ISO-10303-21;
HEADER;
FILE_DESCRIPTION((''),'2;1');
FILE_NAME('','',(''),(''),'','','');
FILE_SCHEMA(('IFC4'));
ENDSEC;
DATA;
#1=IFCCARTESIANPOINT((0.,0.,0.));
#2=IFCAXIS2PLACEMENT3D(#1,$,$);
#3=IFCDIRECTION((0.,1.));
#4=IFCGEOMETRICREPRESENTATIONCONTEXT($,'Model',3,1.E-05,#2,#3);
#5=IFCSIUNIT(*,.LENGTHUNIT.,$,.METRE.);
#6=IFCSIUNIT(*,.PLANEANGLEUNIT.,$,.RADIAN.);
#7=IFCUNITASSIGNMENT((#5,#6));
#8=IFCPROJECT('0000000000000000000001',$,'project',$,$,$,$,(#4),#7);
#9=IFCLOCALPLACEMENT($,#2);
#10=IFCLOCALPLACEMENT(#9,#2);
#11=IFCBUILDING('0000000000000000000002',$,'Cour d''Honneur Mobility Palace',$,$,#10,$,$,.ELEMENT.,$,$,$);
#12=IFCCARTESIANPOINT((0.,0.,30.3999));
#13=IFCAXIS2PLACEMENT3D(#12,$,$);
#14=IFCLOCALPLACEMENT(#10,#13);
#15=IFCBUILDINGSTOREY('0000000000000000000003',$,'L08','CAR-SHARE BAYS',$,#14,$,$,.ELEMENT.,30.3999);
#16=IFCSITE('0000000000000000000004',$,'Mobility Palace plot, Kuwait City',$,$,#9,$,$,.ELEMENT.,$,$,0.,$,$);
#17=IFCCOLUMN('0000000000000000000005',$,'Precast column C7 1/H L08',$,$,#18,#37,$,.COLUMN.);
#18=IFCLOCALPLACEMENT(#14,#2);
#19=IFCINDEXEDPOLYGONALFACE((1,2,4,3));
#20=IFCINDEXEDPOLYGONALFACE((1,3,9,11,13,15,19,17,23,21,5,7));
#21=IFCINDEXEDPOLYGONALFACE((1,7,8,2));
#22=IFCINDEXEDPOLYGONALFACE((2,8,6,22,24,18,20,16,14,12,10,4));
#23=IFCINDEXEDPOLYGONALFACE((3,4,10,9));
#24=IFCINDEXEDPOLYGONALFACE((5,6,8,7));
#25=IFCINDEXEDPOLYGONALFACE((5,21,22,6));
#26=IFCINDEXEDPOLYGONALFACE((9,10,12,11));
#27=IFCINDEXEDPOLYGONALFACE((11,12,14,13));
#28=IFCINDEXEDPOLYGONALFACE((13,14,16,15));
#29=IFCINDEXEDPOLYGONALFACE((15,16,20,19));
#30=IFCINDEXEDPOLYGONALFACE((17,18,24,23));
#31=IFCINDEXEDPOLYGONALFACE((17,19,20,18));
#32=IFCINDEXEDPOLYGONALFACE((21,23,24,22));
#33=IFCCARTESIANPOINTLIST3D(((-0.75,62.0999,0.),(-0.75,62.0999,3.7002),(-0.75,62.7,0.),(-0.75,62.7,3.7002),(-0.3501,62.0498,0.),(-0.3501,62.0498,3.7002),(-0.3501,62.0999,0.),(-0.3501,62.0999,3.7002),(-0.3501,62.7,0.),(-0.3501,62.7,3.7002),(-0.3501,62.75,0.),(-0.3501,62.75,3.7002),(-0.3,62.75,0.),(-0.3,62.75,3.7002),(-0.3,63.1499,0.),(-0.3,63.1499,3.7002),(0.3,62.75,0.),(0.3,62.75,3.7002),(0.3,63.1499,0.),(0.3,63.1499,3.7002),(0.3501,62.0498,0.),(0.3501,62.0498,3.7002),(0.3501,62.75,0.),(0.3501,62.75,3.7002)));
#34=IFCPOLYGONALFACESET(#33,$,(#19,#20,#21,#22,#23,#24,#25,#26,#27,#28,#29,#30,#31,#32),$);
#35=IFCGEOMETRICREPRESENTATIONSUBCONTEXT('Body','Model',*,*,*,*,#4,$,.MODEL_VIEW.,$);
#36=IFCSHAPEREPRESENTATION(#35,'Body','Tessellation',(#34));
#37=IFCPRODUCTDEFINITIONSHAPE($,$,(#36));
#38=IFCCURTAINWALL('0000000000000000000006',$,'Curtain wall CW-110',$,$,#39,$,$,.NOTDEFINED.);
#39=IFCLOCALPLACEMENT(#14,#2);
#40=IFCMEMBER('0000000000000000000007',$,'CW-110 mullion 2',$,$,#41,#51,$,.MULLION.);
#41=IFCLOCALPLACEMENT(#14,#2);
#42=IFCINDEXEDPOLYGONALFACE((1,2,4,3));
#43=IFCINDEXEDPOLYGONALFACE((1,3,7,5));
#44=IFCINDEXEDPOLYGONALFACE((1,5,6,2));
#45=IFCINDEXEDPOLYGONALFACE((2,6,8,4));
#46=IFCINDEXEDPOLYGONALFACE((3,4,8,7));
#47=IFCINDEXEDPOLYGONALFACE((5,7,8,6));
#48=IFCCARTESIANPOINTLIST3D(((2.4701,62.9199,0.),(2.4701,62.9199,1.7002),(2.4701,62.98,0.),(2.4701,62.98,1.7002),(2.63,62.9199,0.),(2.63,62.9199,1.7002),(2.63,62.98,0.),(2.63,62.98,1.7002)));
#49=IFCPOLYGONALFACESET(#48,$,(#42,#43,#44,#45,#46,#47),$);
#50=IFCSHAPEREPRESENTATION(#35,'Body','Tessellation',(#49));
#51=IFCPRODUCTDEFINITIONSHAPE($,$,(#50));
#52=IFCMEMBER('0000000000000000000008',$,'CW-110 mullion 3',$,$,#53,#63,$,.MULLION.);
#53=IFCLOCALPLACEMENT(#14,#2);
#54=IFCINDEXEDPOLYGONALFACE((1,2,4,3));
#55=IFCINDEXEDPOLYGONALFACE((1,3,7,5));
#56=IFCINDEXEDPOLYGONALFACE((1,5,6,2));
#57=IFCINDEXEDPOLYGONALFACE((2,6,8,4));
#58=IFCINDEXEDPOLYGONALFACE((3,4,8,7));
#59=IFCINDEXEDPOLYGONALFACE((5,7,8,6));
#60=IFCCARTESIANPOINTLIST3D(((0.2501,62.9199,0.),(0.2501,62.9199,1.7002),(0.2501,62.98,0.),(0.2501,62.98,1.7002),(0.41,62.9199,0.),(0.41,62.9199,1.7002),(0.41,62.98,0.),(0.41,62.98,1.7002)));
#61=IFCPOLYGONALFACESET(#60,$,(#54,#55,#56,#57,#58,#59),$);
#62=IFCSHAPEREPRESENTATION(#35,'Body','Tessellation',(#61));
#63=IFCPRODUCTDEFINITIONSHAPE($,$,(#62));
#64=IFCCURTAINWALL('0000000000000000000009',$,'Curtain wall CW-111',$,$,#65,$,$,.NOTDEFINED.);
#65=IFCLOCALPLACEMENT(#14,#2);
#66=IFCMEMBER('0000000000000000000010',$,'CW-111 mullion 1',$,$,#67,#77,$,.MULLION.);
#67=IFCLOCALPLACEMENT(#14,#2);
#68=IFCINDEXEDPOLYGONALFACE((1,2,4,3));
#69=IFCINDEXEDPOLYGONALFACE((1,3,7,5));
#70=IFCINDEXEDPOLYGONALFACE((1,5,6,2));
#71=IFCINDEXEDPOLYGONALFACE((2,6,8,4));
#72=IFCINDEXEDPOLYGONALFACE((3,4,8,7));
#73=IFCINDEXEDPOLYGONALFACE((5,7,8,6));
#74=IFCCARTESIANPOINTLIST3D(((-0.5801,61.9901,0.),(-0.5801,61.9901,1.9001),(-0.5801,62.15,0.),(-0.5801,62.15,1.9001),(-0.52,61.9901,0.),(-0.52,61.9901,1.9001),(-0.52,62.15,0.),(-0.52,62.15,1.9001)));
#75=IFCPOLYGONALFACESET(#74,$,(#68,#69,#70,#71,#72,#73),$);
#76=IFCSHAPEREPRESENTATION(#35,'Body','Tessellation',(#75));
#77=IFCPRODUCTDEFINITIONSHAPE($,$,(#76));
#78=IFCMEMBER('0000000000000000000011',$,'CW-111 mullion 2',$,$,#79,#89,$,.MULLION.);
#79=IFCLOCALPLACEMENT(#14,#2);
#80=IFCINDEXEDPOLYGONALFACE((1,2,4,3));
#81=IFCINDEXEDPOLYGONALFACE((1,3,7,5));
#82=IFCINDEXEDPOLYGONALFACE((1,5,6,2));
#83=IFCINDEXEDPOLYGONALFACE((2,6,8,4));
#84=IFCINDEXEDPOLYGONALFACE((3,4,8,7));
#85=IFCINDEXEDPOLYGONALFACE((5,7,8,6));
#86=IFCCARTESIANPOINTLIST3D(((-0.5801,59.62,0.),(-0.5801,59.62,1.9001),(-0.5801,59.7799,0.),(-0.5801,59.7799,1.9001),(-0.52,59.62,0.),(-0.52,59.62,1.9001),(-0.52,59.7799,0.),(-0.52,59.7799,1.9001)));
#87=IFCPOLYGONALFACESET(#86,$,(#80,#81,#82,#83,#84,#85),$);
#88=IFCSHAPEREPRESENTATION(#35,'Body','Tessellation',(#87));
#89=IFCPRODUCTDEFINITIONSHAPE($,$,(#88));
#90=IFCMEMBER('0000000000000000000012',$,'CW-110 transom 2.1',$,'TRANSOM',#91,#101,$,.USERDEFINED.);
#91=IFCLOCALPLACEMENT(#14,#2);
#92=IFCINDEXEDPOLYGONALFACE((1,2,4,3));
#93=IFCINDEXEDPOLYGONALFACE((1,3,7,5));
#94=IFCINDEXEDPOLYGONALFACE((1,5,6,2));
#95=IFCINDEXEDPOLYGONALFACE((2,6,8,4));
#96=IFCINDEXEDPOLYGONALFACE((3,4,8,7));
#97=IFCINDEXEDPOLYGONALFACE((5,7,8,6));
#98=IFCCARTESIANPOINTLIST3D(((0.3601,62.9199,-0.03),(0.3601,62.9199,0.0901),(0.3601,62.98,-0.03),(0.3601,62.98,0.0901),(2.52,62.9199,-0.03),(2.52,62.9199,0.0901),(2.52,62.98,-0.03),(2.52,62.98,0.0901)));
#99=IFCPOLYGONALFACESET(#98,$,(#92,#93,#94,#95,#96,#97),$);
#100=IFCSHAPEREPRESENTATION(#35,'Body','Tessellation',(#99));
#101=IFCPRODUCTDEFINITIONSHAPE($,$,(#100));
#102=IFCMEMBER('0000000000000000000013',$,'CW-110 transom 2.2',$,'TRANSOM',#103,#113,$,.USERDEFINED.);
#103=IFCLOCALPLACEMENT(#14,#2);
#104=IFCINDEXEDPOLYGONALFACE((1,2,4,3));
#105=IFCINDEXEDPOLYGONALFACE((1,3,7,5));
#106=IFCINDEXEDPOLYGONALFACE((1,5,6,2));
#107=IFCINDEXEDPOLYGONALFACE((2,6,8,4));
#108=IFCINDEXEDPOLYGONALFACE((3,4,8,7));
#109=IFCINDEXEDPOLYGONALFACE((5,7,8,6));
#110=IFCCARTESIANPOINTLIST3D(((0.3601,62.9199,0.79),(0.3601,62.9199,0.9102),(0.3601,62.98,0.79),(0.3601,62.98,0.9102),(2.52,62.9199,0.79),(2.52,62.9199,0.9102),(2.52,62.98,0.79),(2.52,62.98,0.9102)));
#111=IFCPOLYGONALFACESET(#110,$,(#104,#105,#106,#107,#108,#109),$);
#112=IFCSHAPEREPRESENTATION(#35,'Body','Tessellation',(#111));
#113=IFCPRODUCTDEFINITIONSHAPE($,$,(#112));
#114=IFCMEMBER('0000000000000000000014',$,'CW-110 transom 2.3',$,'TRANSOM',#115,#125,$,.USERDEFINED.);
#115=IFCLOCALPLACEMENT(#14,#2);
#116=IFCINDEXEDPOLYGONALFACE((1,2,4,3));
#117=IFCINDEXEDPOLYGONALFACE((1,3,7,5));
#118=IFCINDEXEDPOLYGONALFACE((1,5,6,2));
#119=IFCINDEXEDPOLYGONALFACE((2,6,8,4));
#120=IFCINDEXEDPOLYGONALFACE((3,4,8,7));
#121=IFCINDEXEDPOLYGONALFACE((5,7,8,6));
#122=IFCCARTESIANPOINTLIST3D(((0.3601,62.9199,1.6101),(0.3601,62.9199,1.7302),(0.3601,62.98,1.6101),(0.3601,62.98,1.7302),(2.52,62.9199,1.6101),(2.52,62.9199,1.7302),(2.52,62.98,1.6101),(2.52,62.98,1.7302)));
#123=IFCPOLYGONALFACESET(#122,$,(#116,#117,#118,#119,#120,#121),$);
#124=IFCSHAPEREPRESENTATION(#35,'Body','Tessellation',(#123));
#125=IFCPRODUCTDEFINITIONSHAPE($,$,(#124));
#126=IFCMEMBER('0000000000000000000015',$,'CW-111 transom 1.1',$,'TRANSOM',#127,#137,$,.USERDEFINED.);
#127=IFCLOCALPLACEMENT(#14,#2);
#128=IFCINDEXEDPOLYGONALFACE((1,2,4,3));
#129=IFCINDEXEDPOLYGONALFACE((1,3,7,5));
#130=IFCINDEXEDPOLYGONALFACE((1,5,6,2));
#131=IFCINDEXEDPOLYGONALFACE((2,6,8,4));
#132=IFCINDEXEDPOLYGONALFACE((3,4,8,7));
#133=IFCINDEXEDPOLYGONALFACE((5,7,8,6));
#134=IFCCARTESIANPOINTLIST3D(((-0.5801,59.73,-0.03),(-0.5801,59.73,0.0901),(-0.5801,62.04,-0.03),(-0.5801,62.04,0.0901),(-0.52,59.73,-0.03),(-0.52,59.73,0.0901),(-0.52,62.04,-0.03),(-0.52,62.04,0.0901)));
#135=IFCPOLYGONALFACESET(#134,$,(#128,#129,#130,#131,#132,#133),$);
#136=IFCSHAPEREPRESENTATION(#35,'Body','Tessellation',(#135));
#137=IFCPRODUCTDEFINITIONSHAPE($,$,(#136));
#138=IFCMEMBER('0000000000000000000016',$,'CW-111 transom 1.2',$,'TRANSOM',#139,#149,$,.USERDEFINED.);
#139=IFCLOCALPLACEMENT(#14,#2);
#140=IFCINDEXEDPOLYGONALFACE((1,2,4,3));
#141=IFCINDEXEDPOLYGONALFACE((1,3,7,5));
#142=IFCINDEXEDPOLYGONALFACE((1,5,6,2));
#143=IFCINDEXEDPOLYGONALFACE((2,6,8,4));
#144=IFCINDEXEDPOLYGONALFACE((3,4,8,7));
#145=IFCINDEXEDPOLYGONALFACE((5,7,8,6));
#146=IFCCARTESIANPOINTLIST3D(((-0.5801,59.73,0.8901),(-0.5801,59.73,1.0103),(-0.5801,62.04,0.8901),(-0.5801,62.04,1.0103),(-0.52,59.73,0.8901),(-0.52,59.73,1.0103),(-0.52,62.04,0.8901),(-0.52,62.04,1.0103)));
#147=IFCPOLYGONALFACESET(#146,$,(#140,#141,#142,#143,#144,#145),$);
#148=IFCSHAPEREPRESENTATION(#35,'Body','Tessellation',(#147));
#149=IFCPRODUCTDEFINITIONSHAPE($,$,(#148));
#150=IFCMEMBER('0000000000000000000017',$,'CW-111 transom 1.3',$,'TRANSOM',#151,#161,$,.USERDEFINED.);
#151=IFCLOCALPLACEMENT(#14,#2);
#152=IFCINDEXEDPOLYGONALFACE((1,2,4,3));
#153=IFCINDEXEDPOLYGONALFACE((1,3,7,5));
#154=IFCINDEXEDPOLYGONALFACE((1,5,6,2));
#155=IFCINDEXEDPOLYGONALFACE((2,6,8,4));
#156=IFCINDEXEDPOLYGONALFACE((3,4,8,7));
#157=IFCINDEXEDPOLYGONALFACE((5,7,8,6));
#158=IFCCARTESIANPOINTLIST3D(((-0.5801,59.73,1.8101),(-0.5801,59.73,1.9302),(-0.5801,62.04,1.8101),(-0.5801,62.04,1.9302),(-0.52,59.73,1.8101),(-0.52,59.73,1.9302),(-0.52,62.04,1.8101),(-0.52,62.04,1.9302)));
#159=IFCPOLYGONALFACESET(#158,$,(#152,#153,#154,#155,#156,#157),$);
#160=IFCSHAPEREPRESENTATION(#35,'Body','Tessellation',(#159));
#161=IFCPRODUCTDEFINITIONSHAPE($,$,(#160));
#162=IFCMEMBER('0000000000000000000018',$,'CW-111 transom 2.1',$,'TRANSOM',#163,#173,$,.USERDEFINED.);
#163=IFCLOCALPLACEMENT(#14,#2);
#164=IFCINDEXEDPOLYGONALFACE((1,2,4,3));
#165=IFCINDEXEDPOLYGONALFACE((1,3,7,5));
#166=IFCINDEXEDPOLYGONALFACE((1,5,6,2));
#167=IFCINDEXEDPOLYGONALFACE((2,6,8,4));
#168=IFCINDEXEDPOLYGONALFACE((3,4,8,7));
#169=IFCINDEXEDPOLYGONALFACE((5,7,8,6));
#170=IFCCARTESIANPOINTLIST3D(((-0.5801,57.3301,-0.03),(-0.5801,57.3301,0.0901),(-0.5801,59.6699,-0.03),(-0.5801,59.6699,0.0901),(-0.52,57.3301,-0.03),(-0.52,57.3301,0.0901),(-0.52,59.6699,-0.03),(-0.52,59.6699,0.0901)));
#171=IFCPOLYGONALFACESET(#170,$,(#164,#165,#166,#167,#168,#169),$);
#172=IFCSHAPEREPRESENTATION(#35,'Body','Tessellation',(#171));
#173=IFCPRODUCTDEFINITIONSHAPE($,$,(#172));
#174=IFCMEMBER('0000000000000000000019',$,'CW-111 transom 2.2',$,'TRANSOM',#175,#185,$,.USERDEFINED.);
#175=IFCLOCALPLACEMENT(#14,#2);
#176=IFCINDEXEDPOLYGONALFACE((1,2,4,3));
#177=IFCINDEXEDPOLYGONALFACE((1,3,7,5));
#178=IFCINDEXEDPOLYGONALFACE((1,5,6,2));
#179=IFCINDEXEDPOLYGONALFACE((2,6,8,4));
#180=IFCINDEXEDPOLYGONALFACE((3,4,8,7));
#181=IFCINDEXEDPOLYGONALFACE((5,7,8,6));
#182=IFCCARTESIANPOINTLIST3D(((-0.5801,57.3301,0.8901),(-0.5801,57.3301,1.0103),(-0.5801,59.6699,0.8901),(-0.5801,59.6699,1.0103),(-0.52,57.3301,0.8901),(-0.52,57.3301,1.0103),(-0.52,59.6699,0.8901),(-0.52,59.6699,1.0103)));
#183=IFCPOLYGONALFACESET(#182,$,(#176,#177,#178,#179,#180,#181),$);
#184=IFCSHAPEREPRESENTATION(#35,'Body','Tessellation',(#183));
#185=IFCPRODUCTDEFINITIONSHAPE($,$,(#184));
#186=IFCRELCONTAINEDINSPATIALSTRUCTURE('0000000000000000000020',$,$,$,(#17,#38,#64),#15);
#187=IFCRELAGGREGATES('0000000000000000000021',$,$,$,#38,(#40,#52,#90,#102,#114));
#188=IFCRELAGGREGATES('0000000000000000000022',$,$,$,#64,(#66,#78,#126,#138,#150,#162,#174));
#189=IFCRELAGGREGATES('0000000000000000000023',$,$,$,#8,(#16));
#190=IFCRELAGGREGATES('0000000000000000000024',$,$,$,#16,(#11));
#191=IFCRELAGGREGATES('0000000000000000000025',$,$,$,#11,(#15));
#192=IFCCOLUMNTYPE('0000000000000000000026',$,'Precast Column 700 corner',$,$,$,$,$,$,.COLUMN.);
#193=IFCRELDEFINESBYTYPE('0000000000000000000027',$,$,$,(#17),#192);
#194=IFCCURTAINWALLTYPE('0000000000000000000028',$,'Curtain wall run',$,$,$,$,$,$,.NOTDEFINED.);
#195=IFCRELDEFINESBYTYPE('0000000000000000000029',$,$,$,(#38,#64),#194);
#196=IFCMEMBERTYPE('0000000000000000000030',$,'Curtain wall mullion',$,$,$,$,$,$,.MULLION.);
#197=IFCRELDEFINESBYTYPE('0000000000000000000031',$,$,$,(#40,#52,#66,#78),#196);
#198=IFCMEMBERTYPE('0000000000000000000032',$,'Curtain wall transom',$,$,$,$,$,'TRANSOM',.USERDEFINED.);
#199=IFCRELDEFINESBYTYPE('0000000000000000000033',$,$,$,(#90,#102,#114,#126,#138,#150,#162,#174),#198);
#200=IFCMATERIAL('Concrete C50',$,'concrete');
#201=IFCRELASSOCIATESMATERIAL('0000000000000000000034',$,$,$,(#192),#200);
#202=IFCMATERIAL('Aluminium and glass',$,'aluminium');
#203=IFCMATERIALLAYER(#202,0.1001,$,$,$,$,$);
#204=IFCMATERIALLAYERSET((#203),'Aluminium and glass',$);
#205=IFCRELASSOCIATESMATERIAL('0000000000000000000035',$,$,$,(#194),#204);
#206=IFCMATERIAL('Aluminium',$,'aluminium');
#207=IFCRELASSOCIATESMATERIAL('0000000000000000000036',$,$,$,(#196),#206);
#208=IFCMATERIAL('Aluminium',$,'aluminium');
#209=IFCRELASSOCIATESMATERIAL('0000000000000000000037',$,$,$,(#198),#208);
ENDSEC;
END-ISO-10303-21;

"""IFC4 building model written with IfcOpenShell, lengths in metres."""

from ifc_helpers import new_model, si_unit, direction, frame, origin, origin_2d, place, context, subcontext, project, spatial, polyline, rectangle, outline, extrude, material, layer, layer_set, material_profile, profile_set, type_object, element, aggregate, save


model = new_model("IFC4")

# Units and contexts
model_context = context("Model", 3, precision=1e-05, world=origin(), true_north=direction((0.0, 1.0)))
body_context = subcontext(model_context, "Body", "Model", "MODEL_VIEW")
ifc_project = project(units=[si_unit("LENGTHUNIT", "METRE"), si_unit("PLANEANGLEUNIT", "RADIAN")], contexts=[model_context])

# Site, building, storey
site_placement = place(None, origin())
site = spatial("IfcSite", under=ifc_project, at=site_placement, Name="Mobility Palace plot, Kuwait City", CompositionType="ELEMENT", RefElevation=0.0)
building_placement = place(site_placement, origin())
building = spatial("IfcBuilding", under=site, at=building_placement, Name="Cour d'Honneur Mobility Palace", CompositionType="ELEMENT")
storey_placement = place(building_placement, frame((0.0, 0.0, 30.3999)))
storey = spatial("IfcBuildingStorey", under=building, at=storey_placement, Name="L08", Description="CAR-SHARE BAYS", CompositionType="ELEMENT", Elevation=30.3999)

# Column
ifc_material_1 = material(Name="Concrete C50", Category="concrete")
ifc_material_profile_1 = material_profile(ifc_material_1, outline(polyline([(-0.3501, -0.3501), (0.3501, -0.3501), (0.3501, -0.3), (0.75, -0.3), (0.75, 0.3), (0.3501, 0.3), (0.3501, 0.3501), (0.3, 0.3501), (0.3, 0.75), (-0.3, 0.75), (-0.3, 0.3501), (-0.3501, 0.3501), (-0.3501, -0.3501)])), Name="PC C700 corner")
ifc_profile_set_1 = profile_set([ifc_material_profile_1], Name="Concrete C50")
column_type = type_object("IfcColumnType", Name="Precast Column 700 corner", PredefinedType="COLUMN", material=ifc_profile_set_1)
column_placement = place(storey_placement, frame((0.0, 62.3999, 0.0), z_axis=(0.0, 0.0, 1.0), x_axis=(0.0, 1.0, 0.0)))
element("IfcColumn", 1, at=column_placement, inside=storey, type_object=column_type, Name="Precast column C7 1/H L08", PredefinedType="COLUMN", context=body_context, shape_type="SweptSolid", body=[
    extrude(outline(polyline([(-0.3501, -0.3501), (0.3501, -0.3501), (0.3501, -0.3), (0.75, -0.3), (0.75, 0.3), (0.3501, 0.3), (0.3501, 0.3501), (0.3, 0.3501), (0.3, 0.75), (-0.3, 0.75), (-0.3, 0.3501), (-0.3501, 0.3501), (-0.3501, -0.3501)])), origin(), (0.0, 0.0, 1.0), 3.7002),
])

# Curtain walls, members
ifc_material_2 = material(Name="Aluminium and glass", Category="aluminium")
ifc_layer_1 = layer(ifc_material_2, 0.1001)
ifc_layer_set_1 = layer_set([ifc_layer_1], Name="Aluminium and glass")
curtain_wall_type = type_object("IfcCurtainWallType", Name="Curtain wall run", PredefinedType="NOTDEFINED", material=ifc_layer_set_1)
curtain_wall_1_placement = place(storey_placement, origin())
curtain_wall_1 = element("IfcCurtainWall", 2, at=curtain_wall_1_placement, inside=storey, type_object=curtain_wall_type, Name="Curtain wall CW-110", PredefinedType="NOTDEFINED")
ifc_material_3 = material(Name="Aluminium", Category="aluminium")
ifc_material_profile_2 = material_profile(ifc_material_3, rectangle(XDim=0.0601, YDim=0.1599, at=origin_2d()), Name="Curtain wall mullion")
ifc_profile_set_2 = profile_set([ifc_material_profile_2], Name="Aluminium")
member_type_1 = type_object("IfcMemberType", Name="Curtain wall mullion", PredefinedType="MULLION", material=ifc_profile_set_2)
member_1_placement = place(storey_placement, frame((2.55, 62.95, 0.0), z_axis=(0.0, 0.0, 1.0), x_axis=(0.0, -1.0, 0.0)))
member_1 = element("IfcMember", 3, at=member_1_placement, type_object=member_type_1, Name="CW-110 mullion 2", PredefinedType="MULLION", context=body_context, shape_type="SweptSolid", body=[
    extrude(rectangle(XDim=0.0601, YDim=0.1599, at=origin_2d()), origin(), (0.0, 0.0, 1.0), 1.7002),
])
member_2_placement = place(storey_placement, frame((0.3301, 62.95, 0.0), z_axis=(0.0, 0.0, 1.0), x_axis=(0.0, -1.0, 0.0)))
member_2 = element("IfcMember", 4, at=member_2_placement, type_object=member_type_1, Name="CW-110 mullion 3", PredefinedType="MULLION", context=body_context, shape_type="SweptSolid", body=[
    extrude(rectangle(XDim=0.0601, YDim=0.1599, at=origin_2d()), origin(), (0.0, 0.0, 1.0), 1.7002),
])
curtain_wall_2_placement = place(storey_placement, origin())
curtain_wall_2 = element("IfcCurtainWall", 5, at=curtain_wall_2_placement, inside=storey, type_object=curtain_wall_type, Name="Curtain wall CW-111", PredefinedType="NOTDEFINED")
member_3_placement = place(storey_placement, frame((-0.55, 62.0701, 0.0), z_axis=(0.0, 0.0, 1.0), x_axis=(1.0, 0.0, 0.0)))
member_3 = element("IfcMember", 6, at=member_3_placement, type_object=member_type_1, Name="CW-111 mullion 1", PredefinedType="MULLION", context=body_context, shape_type="SweptSolid", body=[
    extrude(rectangle(XDim=0.0601, YDim=0.1599, at=origin_2d()), origin(), (0.0, 0.0, 1.0), 1.9001),
])
member_4_placement = place(storey_placement, frame((-0.55, 59.7, 0.0), z_axis=(0.0, 0.0, 1.0), x_axis=(1.0, 0.0, 0.0)))
member_4 = element("IfcMember", 7, at=member_4_placement, type_object=member_type_1, Name="CW-111 mullion 2", PredefinedType="MULLION", context=body_context, shape_type="SweptSolid", body=[
    extrude(rectangle(XDim=0.0601, YDim=0.1599, at=origin_2d()), origin(), (0.0, 0.0, 1.0), 1.9001),
])

# Members
ifc_material_4 = material(Name="Aluminium", Category="aluminium")
ifc_material_profile_3 = material_profile(ifc_material_4, rectangle(XDim=0.0601, YDim=0.1201, at=origin_2d()), Name="Curtain wall transom")
ifc_profile_set_3 = profile_set([ifc_material_profile_3], Name="Aluminium")
member_type_2 = type_object("IfcMemberType", Name="Curtain wall transom", ElementType="TRANSOM", PredefinedType="USERDEFINED", material=ifc_profile_set_3)
member_5_placement = place(storey_placement, frame((2.52, 62.95, 0.03), z_axis=(-1.0, 0.0, 0.0), x_axis=(0.0, -1.0, 0.0)))
member_5 = element("IfcMember", 8, at=member_5_placement, type_object=member_type_2, Name="CW-110 transom 2.1", ObjectType="TRANSOM", PredefinedType="USERDEFINED", context=body_context, shape_type="SweptSolid", body=[
    extrude(rectangle(XDim=0.0601, YDim=0.1201, at=origin_2d()), origin(), (0.0, 0.0, 1.0), 2.1599),
])
member_6_placement = place(storey_placement, frame((2.52, 62.95, 0.8501), z_axis=(-1.0, 0.0, 0.0), x_axis=(0.0, -1.0, 0.0)))
member_6 = element("IfcMember", 9, at=member_6_placement, type_object=member_type_2, Name="CW-110 transom 2.2", ObjectType="TRANSOM", PredefinedType="USERDEFINED", context=body_context, shape_type="SweptSolid", body=[
    extrude(rectangle(XDim=0.0601, YDim=0.1201, at=origin_2d()), origin(), (0.0, 0.0, 1.0), 2.1599),
])
member_7_placement = place(storey_placement, frame((2.52, 62.95, 1.6702), z_axis=(-1.0, 0.0, 0.0), x_axis=(0.0, -1.0, 0.0)))
member_7 = element("IfcMember", 10, at=member_7_placement, type_object=member_type_2, Name="CW-110 transom 2.3", ObjectType="TRANSOM", PredefinedType="USERDEFINED", context=body_context, shape_type="SweptSolid", body=[
    extrude(rectangle(XDim=0.0601, YDim=0.1201, at=origin_2d()), origin(), (0.0, 0.0, 1.0), 2.1599),
])
member_8_placement = place(storey_placement, frame((-0.55, 62.04, 0.03), z_axis=(0.0, -1.0, 0.0), x_axis=(1.0, 0.0, 0.0)))
member_8 = element("IfcMember", 11, at=member_8_placement, type_object=member_type_2, Name="CW-111 transom 1.1", ObjectType="TRANSOM", PredefinedType="USERDEFINED", context=body_context, shape_type="SweptSolid", body=[
    extrude(rectangle(XDim=0.0601, YDim=0.1201, at=origin_2d()), origin(), (0.0, 0.0, 1.0), 2.3101),
])
member_9_placement = place(storey_placement, frame((-0.55, 62.04, 0.9502), z_axis=(0.0, -1.0, 0.0), x_axis=(1.0, 0.0, 0.0)))
member_9 = element("IfcMember", 12, at=member_9_placement, type_object=member_type_2, Name="CW-111 transom 1.2", ObjectType="TRANSOM", PredefinedType="USERDEFINED", context=body_context, shape_type="SweptSolid", body=[
    extrude(rectangle(XDim=0.0601, YDim=0.1201, at=origin_2d()), origin(), (0.0, 0.0, 1.0), 2.3101),
])
member_10_placement = place(storey_placement, frame((-0.55, 62.04, 1.8701), z_axis=(0.0, -1.0, 0.0), x_axis=(1.0, 0.0, 0.0)))
member_10 = element("IfcMember", 13, at=member_10_placement, type_object=member_type_2, Name="CW-111 transom 1.3", ObjectType="TRANSOM", PredefinedType="USERDEFINED", context=body_context, shape_type="SweptSolid", body=[
    extrude(rectangle(XDim=0.0601, YDim=0.1201, at=origin_2d()), origin(), (0.0, 0.0, 1.0), 2.3101),
])
member_11_placement = place(storey_placement, frame((-0.55, 59.6699, 0.03), z_axis=(0.0, -1.0, 0.0), x_axis=(1.0, 0.0, 0.0)))
member_11 = element("IfcMember", 14, at=member_11_placement, type_object=member_type_2, Name="CW-111 transom 2.1", ObjectType="TRANSOM", PredefinedType="USERDEFINED", context=body_context, shape_type="SweptSolid", body=[
    extrude(rectangle(XDim=0.0601, YDim=0.1201, at=origin_2d()), origin(), (0.0, 0.0, 1.0), 2.3398),
])
member_12_placement = place(storey_placement, frame((-0.55, 59.6699, 0.9502), z_axis=(0.0, -1.0, 0.0), x_axis=(1.0, 0.0, 0.0)))
member_12 = element("IfcMember", 15, at=member_12_placement, type_object=member_type_2, Name="CW-111 transom 2.2", ObjectType="TRANSOM", PredefinedType="USERDEFINED", context=body_context, shape_type="SweptSolid", body=[
    extrude(rectangle(XDim=0.0601, YDim=0.1201, at=origin_2d()), origin(), (0.0, 0.0, 1.0), 2.3398),
])

aggregate(curtain_wall_1, [member_1, member_2, member_5, member_6, member_7])
aggregate(curtain_wall_2, [member_3, member_4, member_8, member_9, member_10, member_11, member_12])

save(model, "model.ifc")
